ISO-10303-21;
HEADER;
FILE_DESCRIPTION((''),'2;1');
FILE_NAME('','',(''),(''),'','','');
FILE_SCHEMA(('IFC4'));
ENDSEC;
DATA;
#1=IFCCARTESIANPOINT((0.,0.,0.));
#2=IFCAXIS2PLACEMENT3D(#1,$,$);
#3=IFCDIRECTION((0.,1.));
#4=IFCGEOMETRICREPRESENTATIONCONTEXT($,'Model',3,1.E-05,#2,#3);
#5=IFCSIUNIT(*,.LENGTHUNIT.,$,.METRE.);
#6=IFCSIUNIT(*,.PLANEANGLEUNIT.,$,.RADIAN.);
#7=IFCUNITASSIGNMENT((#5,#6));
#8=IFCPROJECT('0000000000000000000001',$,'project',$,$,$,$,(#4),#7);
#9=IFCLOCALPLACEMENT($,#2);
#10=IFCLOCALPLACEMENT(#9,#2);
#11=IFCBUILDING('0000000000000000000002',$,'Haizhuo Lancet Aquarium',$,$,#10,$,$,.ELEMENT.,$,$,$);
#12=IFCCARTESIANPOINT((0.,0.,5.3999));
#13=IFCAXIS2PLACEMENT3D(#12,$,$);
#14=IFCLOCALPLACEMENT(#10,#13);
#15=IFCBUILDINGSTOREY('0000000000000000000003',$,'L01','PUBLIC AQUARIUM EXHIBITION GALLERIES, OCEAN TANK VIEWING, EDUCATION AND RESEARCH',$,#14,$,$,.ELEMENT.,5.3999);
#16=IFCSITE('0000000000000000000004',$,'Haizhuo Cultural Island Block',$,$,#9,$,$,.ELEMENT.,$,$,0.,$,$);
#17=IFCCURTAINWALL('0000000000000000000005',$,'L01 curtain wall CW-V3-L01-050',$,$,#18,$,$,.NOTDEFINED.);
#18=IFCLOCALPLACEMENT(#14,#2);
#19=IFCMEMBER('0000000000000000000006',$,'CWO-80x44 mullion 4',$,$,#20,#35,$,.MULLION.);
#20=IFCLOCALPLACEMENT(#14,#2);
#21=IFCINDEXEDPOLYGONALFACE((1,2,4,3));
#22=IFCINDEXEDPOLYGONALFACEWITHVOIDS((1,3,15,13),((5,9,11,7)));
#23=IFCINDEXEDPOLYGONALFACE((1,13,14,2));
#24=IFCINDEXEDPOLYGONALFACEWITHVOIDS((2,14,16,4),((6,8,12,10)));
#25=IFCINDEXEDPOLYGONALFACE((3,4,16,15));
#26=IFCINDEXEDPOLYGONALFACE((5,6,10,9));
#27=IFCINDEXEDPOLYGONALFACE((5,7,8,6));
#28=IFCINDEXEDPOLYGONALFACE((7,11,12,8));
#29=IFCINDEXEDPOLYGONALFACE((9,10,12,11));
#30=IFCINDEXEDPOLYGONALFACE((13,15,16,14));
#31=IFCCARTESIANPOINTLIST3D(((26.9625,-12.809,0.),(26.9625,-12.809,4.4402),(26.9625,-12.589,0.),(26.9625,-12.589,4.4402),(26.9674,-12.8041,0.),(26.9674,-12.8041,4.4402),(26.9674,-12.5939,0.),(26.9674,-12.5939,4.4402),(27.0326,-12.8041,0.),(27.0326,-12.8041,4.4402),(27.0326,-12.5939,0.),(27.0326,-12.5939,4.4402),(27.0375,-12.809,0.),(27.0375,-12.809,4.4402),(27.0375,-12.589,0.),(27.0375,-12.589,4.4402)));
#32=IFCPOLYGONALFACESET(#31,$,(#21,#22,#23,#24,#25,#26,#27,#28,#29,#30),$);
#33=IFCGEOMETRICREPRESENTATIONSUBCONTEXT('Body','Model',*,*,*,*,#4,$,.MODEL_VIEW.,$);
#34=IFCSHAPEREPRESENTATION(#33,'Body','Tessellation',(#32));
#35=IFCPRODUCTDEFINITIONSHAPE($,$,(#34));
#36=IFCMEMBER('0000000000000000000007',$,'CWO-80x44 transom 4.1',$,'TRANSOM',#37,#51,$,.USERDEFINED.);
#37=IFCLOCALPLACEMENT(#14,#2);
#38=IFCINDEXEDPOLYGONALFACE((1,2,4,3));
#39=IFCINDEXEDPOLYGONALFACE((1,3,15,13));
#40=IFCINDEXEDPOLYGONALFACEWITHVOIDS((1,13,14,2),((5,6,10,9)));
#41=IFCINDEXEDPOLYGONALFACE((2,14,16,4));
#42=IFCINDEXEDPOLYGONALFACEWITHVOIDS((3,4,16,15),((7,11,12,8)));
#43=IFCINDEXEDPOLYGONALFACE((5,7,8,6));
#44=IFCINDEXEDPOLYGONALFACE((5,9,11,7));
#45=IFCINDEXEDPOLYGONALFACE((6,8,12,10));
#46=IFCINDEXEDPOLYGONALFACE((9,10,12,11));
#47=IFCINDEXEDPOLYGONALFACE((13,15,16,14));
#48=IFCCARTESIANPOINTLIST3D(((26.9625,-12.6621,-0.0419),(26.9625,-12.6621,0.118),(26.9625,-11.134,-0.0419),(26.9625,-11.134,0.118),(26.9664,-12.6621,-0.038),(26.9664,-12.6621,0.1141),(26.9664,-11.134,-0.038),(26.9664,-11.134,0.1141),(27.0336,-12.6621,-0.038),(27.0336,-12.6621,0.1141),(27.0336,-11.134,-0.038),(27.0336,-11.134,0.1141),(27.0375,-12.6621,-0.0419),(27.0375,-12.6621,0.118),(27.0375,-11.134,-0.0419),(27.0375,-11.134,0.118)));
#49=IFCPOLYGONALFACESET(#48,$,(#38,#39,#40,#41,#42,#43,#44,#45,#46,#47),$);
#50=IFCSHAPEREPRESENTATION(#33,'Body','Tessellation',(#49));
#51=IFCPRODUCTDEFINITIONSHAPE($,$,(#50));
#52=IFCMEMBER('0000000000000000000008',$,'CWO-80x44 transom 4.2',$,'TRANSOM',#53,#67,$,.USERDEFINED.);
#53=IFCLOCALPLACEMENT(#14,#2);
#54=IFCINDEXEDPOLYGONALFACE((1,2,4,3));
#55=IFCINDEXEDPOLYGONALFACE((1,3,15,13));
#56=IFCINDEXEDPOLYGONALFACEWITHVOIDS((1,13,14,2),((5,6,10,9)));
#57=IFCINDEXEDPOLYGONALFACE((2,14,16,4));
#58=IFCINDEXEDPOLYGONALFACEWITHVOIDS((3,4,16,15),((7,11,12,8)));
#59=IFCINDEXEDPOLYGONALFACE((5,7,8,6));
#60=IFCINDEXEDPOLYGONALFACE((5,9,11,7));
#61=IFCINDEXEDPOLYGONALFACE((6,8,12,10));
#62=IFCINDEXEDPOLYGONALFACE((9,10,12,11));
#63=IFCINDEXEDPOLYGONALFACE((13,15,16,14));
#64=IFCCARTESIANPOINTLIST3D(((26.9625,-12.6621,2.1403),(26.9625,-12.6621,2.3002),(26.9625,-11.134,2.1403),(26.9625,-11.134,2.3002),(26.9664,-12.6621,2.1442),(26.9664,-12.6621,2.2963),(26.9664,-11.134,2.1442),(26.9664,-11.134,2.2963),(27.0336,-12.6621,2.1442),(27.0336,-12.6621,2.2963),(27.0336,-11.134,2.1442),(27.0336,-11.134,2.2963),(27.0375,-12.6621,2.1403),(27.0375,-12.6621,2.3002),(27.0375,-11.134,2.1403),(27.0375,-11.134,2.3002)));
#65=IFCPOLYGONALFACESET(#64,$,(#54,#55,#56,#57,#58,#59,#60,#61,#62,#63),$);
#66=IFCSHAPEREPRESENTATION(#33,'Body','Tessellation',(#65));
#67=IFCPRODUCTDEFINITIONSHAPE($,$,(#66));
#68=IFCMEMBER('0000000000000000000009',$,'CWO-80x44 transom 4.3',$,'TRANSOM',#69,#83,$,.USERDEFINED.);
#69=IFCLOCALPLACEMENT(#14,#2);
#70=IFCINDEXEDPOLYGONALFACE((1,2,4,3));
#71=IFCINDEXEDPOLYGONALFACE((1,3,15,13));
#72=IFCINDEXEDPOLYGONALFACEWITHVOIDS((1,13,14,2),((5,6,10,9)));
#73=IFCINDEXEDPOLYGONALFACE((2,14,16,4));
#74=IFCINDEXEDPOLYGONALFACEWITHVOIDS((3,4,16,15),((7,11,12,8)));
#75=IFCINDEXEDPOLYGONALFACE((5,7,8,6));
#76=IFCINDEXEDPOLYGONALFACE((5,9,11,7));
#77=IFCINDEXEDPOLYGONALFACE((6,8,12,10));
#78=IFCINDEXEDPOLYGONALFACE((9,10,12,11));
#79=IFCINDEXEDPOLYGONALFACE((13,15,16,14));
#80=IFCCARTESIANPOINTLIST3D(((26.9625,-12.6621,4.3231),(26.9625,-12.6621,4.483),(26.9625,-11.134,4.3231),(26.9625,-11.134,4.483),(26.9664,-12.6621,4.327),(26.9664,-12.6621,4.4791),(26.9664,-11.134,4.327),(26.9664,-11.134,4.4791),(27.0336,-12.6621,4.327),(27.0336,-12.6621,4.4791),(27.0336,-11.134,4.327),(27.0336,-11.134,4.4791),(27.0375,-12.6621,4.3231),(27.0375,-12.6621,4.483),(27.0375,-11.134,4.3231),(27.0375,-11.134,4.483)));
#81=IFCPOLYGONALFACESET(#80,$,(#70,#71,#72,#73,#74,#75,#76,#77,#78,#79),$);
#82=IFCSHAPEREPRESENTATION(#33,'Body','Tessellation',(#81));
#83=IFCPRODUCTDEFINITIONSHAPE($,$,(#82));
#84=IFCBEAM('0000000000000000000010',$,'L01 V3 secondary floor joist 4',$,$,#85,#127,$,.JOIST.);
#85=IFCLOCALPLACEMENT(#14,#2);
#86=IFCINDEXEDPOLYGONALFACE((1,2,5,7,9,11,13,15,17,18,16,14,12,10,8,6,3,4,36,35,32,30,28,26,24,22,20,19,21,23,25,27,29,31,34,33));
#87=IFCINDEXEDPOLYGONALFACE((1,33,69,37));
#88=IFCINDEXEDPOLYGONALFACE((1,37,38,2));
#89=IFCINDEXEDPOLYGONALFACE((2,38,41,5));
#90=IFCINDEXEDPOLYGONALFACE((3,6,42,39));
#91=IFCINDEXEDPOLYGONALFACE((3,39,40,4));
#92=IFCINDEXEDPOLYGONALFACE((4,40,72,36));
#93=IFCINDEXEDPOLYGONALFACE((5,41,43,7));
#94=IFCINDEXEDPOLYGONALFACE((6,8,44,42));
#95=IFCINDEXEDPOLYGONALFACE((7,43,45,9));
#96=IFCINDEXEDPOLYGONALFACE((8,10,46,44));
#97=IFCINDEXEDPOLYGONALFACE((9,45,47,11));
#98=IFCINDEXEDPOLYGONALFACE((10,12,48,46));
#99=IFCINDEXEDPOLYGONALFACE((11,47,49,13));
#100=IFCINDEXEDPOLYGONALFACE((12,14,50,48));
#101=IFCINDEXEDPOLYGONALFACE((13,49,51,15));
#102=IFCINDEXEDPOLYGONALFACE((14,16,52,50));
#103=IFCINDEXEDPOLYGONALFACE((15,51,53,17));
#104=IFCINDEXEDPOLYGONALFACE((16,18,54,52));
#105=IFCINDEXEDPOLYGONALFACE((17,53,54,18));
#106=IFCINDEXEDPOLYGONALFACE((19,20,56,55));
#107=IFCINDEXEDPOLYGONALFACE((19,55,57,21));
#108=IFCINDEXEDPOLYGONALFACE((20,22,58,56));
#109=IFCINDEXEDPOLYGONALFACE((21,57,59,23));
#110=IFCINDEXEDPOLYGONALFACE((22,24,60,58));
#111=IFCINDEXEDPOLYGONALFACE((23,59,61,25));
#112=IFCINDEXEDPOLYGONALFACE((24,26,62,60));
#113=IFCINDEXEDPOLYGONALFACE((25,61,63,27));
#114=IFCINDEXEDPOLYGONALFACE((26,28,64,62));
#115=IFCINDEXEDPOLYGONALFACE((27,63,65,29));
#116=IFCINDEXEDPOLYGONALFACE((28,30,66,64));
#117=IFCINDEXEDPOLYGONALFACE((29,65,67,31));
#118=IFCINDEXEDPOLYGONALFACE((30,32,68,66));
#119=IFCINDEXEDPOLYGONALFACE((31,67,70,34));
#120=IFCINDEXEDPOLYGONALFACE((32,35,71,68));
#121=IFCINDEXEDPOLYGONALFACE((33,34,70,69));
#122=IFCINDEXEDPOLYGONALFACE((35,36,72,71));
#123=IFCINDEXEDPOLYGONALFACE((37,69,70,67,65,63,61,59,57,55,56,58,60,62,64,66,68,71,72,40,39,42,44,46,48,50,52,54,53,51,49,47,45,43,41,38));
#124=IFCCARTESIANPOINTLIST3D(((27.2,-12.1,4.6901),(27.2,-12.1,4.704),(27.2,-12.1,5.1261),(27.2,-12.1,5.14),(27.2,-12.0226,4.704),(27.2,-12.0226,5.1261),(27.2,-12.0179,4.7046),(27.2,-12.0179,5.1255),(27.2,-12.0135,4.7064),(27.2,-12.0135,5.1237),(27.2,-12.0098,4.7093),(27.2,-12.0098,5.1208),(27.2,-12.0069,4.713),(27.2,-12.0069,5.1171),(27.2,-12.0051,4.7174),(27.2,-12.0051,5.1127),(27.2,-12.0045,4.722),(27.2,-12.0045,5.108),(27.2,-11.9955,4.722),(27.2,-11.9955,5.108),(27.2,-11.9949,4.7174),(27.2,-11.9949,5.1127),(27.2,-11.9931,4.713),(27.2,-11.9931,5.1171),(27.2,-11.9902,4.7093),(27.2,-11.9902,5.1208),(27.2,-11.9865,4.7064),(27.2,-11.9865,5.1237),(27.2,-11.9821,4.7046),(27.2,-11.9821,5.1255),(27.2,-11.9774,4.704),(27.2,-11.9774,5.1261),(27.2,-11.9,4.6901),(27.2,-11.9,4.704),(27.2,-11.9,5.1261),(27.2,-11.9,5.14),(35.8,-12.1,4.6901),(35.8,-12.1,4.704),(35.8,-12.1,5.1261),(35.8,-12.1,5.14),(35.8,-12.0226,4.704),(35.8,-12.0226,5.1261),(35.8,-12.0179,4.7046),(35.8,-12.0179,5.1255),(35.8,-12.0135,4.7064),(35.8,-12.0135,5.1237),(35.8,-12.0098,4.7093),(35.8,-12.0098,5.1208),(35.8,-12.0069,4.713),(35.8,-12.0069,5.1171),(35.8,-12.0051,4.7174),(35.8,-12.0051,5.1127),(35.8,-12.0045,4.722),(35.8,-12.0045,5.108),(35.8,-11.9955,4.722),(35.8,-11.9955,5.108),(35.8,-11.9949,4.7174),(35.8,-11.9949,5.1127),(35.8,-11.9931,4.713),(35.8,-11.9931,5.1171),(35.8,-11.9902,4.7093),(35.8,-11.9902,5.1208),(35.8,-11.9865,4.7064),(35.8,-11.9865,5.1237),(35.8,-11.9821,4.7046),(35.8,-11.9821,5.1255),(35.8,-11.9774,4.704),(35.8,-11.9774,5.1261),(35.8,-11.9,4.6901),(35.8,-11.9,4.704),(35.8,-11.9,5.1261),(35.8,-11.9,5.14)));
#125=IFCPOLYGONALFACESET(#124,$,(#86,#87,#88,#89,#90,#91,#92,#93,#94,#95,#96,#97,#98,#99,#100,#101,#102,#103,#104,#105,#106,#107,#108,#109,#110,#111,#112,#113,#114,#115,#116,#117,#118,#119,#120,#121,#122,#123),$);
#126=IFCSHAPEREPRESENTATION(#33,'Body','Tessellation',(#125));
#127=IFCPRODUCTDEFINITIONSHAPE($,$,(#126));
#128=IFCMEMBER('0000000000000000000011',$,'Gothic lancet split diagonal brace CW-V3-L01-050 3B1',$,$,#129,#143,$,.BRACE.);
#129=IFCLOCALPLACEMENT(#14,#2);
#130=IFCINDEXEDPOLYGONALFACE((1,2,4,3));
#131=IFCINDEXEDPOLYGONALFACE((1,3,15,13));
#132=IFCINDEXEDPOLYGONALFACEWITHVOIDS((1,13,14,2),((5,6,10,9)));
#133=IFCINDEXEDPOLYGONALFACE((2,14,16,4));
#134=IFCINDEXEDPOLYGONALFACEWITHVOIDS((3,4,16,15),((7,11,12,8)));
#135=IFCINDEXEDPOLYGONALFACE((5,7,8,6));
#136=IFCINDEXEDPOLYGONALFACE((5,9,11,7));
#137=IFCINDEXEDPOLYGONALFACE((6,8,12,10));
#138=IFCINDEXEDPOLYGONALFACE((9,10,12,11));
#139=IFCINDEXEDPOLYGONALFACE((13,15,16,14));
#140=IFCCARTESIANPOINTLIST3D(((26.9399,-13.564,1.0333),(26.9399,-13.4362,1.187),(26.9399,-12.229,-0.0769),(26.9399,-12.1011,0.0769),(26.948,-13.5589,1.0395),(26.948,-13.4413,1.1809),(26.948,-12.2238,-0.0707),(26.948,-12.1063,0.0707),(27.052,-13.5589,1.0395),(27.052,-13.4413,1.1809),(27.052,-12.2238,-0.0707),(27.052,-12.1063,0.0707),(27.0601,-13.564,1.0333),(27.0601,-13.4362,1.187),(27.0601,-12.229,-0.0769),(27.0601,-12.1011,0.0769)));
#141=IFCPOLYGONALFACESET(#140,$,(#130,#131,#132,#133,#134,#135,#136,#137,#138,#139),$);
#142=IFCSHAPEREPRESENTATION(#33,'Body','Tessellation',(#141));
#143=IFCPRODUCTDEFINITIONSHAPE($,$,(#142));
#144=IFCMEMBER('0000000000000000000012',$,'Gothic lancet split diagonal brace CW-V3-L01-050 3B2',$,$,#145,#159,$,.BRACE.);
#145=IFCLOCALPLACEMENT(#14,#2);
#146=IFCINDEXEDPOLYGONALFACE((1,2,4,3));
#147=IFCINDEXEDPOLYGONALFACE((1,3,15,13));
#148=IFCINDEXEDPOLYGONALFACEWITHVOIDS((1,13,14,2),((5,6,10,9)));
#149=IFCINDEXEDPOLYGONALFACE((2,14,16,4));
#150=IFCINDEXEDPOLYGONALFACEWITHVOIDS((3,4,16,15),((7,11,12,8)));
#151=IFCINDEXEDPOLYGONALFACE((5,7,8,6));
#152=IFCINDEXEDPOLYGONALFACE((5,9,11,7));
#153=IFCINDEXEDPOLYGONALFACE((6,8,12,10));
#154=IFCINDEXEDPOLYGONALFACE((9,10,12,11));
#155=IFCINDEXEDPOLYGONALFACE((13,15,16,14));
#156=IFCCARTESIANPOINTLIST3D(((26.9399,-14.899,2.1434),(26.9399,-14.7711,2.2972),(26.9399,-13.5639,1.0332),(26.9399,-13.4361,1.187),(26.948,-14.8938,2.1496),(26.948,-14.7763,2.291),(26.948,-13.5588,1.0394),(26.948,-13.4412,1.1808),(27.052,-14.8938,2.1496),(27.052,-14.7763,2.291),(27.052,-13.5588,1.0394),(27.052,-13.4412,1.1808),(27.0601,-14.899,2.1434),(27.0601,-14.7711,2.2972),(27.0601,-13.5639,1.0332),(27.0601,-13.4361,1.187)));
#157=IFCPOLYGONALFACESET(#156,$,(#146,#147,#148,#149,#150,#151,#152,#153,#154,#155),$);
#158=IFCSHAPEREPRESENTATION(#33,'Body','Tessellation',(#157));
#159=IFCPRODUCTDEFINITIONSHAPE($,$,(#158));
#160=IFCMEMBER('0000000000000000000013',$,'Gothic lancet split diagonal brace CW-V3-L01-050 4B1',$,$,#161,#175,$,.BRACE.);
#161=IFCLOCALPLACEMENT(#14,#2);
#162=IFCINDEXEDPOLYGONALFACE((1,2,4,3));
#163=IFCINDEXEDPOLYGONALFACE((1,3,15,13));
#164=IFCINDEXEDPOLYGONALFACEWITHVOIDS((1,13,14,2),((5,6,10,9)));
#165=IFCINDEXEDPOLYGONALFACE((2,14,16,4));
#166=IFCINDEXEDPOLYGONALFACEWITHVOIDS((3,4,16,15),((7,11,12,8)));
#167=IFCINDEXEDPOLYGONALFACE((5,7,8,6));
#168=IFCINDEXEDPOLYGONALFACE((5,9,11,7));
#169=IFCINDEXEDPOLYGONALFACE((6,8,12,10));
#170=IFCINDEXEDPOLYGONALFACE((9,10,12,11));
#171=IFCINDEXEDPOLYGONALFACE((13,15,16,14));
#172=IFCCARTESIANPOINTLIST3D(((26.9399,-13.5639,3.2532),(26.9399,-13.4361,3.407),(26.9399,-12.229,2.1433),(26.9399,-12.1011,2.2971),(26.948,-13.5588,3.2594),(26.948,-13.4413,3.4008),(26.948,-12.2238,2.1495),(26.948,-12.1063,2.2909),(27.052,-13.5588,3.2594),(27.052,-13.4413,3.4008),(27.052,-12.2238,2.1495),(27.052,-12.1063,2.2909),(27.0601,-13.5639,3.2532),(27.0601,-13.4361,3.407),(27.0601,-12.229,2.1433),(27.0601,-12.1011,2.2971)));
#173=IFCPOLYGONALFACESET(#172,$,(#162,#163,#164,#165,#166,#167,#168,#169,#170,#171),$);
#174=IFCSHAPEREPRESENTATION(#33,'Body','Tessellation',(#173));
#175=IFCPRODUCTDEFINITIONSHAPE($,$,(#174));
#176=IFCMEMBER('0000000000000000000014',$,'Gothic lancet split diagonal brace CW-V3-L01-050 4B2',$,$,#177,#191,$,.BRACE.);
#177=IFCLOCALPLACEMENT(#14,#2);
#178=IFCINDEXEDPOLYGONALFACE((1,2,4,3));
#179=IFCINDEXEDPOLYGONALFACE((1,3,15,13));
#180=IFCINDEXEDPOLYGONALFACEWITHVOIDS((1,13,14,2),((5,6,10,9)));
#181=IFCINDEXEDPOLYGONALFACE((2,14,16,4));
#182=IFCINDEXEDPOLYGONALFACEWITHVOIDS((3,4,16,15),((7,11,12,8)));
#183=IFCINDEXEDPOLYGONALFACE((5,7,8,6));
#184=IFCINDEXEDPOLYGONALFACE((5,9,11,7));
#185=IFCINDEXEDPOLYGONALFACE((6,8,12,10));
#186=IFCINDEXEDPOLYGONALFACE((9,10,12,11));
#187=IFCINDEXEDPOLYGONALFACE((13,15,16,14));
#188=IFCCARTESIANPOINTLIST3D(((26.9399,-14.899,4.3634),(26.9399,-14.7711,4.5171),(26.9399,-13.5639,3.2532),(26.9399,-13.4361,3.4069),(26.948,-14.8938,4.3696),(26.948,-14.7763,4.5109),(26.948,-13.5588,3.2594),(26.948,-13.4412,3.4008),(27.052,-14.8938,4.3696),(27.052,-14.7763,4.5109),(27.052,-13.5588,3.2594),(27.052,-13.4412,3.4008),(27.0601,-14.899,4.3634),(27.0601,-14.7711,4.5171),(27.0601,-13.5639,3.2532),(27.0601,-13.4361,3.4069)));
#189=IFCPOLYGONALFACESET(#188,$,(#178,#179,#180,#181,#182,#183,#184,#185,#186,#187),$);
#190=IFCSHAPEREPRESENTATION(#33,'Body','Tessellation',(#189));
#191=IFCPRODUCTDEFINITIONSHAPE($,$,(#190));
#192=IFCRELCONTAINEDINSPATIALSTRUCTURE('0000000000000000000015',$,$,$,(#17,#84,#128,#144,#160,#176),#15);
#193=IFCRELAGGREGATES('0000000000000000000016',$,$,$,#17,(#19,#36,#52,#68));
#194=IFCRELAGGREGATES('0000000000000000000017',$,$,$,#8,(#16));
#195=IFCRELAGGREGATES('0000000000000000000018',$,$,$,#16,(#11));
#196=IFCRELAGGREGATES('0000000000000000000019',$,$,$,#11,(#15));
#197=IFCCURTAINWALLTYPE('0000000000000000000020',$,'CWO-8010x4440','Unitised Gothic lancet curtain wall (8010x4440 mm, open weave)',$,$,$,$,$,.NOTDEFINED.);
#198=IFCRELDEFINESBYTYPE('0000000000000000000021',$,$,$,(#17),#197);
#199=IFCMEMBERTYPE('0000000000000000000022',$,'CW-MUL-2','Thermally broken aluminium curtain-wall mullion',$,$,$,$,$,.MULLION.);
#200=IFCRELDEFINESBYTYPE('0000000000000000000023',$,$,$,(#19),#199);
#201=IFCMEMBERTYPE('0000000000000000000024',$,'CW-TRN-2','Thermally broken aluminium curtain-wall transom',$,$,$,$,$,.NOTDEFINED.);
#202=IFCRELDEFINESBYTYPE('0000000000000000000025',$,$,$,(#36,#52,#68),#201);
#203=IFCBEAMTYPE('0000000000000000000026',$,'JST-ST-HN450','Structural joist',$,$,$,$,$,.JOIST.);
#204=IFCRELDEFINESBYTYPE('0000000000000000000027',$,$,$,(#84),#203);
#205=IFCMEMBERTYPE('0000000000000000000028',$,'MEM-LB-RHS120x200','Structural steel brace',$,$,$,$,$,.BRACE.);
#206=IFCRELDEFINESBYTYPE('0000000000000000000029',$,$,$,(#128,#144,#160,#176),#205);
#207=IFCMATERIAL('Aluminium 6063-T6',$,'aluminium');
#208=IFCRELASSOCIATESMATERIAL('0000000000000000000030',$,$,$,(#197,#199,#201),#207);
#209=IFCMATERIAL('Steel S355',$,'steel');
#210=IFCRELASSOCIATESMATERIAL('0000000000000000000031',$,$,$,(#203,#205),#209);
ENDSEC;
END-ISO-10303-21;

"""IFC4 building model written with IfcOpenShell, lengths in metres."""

from ifc_helpers import new_model, si_unit, direction, frame, origin, origin_2d, place, context, subcontext, project, spatial, hollow_rectangle, i_section, extrude, material, material_profile, profile_set, type_object, element, aggregate, save


model = new_model("IFC4")

# Units and contexts
model_context = context("Model", 3, precision=1e-05, world=origin(), true_north=direction((0.0, 1.0)))
body_context = subcontext(model_context, "Body", "Model", "MODEL_VIEW")
ifc_project = project(units=[si_unit("LENGTHUNIT", "METRE"), si_unit("PLANEANGLEUNIT", "RADIAN")], contexts=[model_context])

# Site, building, storey
site_placement = place(None, origin())
site = spatial("IfcSite", under=ifc_project, at=site_placement, Name="Haizhuo Cultural Island Block", CompositionType="ELEMENT", RefElevation=0.0)
building_placement = place(site_placement, origin())
building = spatial("IfcBuilding", under=site, at=building_placement, Name="Haizhuo Lancet Aquarium", CompositionType="ELEMENT")
storey_placement = place(building_placement, frame((0.0, 0.0, 5.3999)))
storey = spatial("IfcBuildingStorey", under=building, at=storey_placement, Name="L01", Description="PUBLIC AQUARIUM EXHIBITION GALLERIES, OCEAN TANK VIEWING, EDUCATION AND RESEARCH", CompositionType="ELEMENT", Elevation=5.3999)

# Curtain wall, members
ifc_material_1 = material(Name="Aluminium 6063-T6", Category="aluminium")
curtain_wall_type = type_object("IfcCurtainWallType", Name="CWO-8010x4440", Description="Unitised Gothic lancet curtain wall (8010x4440 mm, open weave)", PredefinedType="NOTDEFINED", material=ifc_material_1)
curtain_wall_placement = place(storey_placement, origin())
curtain_wall = element("IfcCurtainWall", 1, at=curtain_wall_placement, inside=storey, type_object=curtain_wall_type, Name="L01 curtain wall CW-V3-L01-050", PredefinedType="NOTDEFINED")
ifc_material_profile_1 = material_profile(ifc_material_1, hollow_rectangle(XDim=0.075, YDim=0.22, WallThickness=0.0049, at=origin_2d()), Name="ALU-M 75x220x5")
ifc_profile_set_1 = profile_set([ifc_material_profile_1], Name="Aluminium 6063-T6")
member_type_1 = type_object("IfcMemberType", Name="CW-MUL-2", Description="Thermally broken aluminium curtain-wall mullion", PredefinedType="MULLION", material=ifc_profile_set_1)
member_1_placement = place(storey_placement, frame((27.0, -12.699, 0.0), z_axis=(0.0, 0.0, 1.0), x_axis=(-1.0, 0.0, 0.0)))
member_1 = element("IfcMember", 2, at=member_1_placement, type_object=member_type_1, Name="CWO-80x44 mullion 4", PredefinedType="MULLION", context=body_context, shape_type="SweptSolid", body=[
    extrude(hollow_rectangle(XDim=0.075, YDim=0.22, WallThickness=0.0049, at=origin_2d()), origin(), (0.0, 0.0, 1.0), 4.4402),
])
ifc_material_profile_2 = material_profile(ifc_material_1, hollow_rectangle(XDim=0.075, YDim=0.1599, WallThickness=0.0039, at=origin_2d()), Name="ALU-T 75x160x4")
ifc_profile_set_2 = profile_set([ifc_material_profile_2], Name="Aluminium 6063-T6")
member_type_2 = type_object("IfcMemberType", Name="CW-TRN-2", Description="Thermally broken aluminium curtain-wall transom", PredefinedType="NOTDEFINED", material=ifc_profile_set_2)
member_2_placement = place(storey_placement, frame((27.0, -12.6621, 0.0381), z_axis=(0.0, 1.0, 0.0), x_axis=(-1.0, 0.0, 0.0)))
member_2 = element("IfcMember", 3, at=member_2_placement, type_object=member_type_2, Name="CWO-80x44 transom 4.1", ObjectType="TRANSOM", PredefinedType="USERDEFINED", context=body_context, shape_type="SweptSolid", body=[
    extrude(hollow_rectangle(XDim=0.075, YDim=0.1599, WallThickness=0.0039, at=origin_2d()), origin(), (0.0, 0.0, 1.0), 1.5281),
])
member_3_placement = place(storey_placement, frame((27.0, -12.6621, 2.2202), z_axis=(0.0, 1.0, 0.0), x_axis=(-1.0, 0.0, 0.0)))
member_3 = element("IfcMember", 4, at=member_3_placement, type_object=member_type_2, Name="CWO-80x44 transom 4.2", ObjectType="TRANSOM", PredefinedType="USERDEFINED", context=body_context, shape_type="SweptSolid", body=[
    extrude(hollow_rectangle(XDim=0.075, YDim=0.1599, WallThickness=0.0039, at=origin_2d()), origin(), (0.0, 0.0, 1.0), 1.5281),
])
member_4_placement = place(storey_placement, frame((27.0, -12.6621, 4.4031), z_axis=(0.0, 1.0, 0.0), x_axis=(-1.0, 0.0, 0.0)))
member_4 = element("IfcMember", 5, at=member_4_placement, type_object=member_type_2, Name="CWO-80x44 transom 4.3", ObjectType="TRANSOM", PredefinedType="USERDEFINED", context=body_context, shape_type="SweptSolid", body=[
    extrude(hollow_rectangle(XDim=0.075, YDim=0.1599, WallThickness=0.0039, at=origin_2d()), origin(), (0.0, 0.0, 1.0), 1.5281),
])

# Beam
ifc_material_2 = material(Name="Steel S355", Category="steel")
ifc_material_profile_3 = material_profile(ifc_material_2, i_section(OverallWidth=0.2, OverallDepth=0.45, WebThickness=0.009, FlangeThickness=0.0139, FilletRadius=0.0181, at=origin_2d()), Name="HN 450x200x9x14")
ifc_profile_set_3 = profile_set([ifc_material_profile_3], Name="Steel S355")
beam_type = type_object("IfcBeamType", Name="JST-ST-HN450", Description="Structural joist", PredefinedType="JOIST", material=ifc_profile_set_3)
beam_placement = place(storey_placement, frame((27.2, -12.0, 4.915), z_axis=(1.0, 0.0, 0.0), x_axis=(0.0, 1.0, 0.0)))
element("IfcBeam", 6, at=beam_placement, inside=storey, type_object=beam_type, Name="L01 V3 secondary floor joist 4", PredefinedType="JOIST", context=body_context, shape_type="SweptSolid", body=[
    extrude(i_section(OverallWidth=0.2, OverallDepth=0.45, WebThickness=0.009, FlangeThickness=0.0139, FilletRadius=0.0181, at=origin_2d()), origin(), (0.0, 0.0, 1.0), 8.6001),
])

# Members
ifc_material_profile_4 = material_profile(ifc_material_2, hollow_rectangle(XDim=0.1201, YDim=0.2, WallThickness=0.0081, at=origin_2d()), Name="RHS 120x200x8")
ifc_profile_set_4 = profile_set([ifc_material_profile_4], Name="Steel S355")
member_type_3 = type_object("IfcMemberType", Name="MEM-LB-RHS120x200", Description="Structural steel brace", PredefinedType="BRACE", material=ifc_profile_set_4)
for number, where, z_axis, x_axis, name in (
    (7, (27.0, -12.165, 0.0), (0.0, -0.768889, 0.639382), (1.0, 0.0, 0.0), "Gothic lancet split diagonal brace CW-V3-L01-050 3B1"),
    (8, (27.0, -13.5, 1.1101), (0.0, -0.768889, 0.639382), (1.0, 0.0, 0.0), "Gothic lancet split diagonal brace CW-V3-L01-050 3B2"),
):
    element("IfcMember", number, at=place(storey_placement, frame(where, z_axis=z_axis, x_axis=x_axis)), inside=storey, type_object=member_type_3, Name=name, PredefinedType="BRACE", context=body_context, shape_type="SweptSolid", body=[
        extrude(hollow_rectangle(XDim=0.1201, YDim=0.2, WallThickness=0.0081, at=origin_2d()), origin(), (0.0, 0.0, 1.0), 1.7363),
    ])
member_5_placement = place(storey_placement, frame((27.0, -12.165, 2.2202), z_axis=(0.0, -0.768958, 0.639299), x_axis=(1.0, 0.0, 0.0)))
element("IfcMember", 9, at=member_5_placement, inside=storey, type_object=member_type_3, Name="Gothic lancet split diagonal brace CW-V3-L01-050 4B1", PredefinedType="BRACE", context=body_context, shape_type="SweptSolid", body=[
    extrude(hollow_rectangle(XDim=0.1201, YDim=0.2, WallThickness=0.0081, at=origin_2d()), origin(), (0.0, 0.0, 1.0), 1.7361),
])
member_6_placement = place(storey_placement, frame((27.0, -13.5, 3.3301), z_axis=(0.0, -0.768889, 0.639382), x_axis=(1.0, 0.0, 0.0)))
element("IfcMember", 10, at=member_6_placement, inside=storey, type_object=member_type_3, Name="Gothic lancet split diagonal brace CW-V3-L01-050 4B2", PredefinedType="BRACE", context=body_context, shape_type="SweptSolid", body=[
    extrude(hollow_rectangle(XDim=0.1201, YDim=0.2, WallThickness=0.0081, at=origin_2d()), origin(), (0.0, 0.0, 1.0), 1.7363),
])

aggregate(curtain_wall, [member_1, member_2, member_3, member_4])

save(model, "model.ifc")
